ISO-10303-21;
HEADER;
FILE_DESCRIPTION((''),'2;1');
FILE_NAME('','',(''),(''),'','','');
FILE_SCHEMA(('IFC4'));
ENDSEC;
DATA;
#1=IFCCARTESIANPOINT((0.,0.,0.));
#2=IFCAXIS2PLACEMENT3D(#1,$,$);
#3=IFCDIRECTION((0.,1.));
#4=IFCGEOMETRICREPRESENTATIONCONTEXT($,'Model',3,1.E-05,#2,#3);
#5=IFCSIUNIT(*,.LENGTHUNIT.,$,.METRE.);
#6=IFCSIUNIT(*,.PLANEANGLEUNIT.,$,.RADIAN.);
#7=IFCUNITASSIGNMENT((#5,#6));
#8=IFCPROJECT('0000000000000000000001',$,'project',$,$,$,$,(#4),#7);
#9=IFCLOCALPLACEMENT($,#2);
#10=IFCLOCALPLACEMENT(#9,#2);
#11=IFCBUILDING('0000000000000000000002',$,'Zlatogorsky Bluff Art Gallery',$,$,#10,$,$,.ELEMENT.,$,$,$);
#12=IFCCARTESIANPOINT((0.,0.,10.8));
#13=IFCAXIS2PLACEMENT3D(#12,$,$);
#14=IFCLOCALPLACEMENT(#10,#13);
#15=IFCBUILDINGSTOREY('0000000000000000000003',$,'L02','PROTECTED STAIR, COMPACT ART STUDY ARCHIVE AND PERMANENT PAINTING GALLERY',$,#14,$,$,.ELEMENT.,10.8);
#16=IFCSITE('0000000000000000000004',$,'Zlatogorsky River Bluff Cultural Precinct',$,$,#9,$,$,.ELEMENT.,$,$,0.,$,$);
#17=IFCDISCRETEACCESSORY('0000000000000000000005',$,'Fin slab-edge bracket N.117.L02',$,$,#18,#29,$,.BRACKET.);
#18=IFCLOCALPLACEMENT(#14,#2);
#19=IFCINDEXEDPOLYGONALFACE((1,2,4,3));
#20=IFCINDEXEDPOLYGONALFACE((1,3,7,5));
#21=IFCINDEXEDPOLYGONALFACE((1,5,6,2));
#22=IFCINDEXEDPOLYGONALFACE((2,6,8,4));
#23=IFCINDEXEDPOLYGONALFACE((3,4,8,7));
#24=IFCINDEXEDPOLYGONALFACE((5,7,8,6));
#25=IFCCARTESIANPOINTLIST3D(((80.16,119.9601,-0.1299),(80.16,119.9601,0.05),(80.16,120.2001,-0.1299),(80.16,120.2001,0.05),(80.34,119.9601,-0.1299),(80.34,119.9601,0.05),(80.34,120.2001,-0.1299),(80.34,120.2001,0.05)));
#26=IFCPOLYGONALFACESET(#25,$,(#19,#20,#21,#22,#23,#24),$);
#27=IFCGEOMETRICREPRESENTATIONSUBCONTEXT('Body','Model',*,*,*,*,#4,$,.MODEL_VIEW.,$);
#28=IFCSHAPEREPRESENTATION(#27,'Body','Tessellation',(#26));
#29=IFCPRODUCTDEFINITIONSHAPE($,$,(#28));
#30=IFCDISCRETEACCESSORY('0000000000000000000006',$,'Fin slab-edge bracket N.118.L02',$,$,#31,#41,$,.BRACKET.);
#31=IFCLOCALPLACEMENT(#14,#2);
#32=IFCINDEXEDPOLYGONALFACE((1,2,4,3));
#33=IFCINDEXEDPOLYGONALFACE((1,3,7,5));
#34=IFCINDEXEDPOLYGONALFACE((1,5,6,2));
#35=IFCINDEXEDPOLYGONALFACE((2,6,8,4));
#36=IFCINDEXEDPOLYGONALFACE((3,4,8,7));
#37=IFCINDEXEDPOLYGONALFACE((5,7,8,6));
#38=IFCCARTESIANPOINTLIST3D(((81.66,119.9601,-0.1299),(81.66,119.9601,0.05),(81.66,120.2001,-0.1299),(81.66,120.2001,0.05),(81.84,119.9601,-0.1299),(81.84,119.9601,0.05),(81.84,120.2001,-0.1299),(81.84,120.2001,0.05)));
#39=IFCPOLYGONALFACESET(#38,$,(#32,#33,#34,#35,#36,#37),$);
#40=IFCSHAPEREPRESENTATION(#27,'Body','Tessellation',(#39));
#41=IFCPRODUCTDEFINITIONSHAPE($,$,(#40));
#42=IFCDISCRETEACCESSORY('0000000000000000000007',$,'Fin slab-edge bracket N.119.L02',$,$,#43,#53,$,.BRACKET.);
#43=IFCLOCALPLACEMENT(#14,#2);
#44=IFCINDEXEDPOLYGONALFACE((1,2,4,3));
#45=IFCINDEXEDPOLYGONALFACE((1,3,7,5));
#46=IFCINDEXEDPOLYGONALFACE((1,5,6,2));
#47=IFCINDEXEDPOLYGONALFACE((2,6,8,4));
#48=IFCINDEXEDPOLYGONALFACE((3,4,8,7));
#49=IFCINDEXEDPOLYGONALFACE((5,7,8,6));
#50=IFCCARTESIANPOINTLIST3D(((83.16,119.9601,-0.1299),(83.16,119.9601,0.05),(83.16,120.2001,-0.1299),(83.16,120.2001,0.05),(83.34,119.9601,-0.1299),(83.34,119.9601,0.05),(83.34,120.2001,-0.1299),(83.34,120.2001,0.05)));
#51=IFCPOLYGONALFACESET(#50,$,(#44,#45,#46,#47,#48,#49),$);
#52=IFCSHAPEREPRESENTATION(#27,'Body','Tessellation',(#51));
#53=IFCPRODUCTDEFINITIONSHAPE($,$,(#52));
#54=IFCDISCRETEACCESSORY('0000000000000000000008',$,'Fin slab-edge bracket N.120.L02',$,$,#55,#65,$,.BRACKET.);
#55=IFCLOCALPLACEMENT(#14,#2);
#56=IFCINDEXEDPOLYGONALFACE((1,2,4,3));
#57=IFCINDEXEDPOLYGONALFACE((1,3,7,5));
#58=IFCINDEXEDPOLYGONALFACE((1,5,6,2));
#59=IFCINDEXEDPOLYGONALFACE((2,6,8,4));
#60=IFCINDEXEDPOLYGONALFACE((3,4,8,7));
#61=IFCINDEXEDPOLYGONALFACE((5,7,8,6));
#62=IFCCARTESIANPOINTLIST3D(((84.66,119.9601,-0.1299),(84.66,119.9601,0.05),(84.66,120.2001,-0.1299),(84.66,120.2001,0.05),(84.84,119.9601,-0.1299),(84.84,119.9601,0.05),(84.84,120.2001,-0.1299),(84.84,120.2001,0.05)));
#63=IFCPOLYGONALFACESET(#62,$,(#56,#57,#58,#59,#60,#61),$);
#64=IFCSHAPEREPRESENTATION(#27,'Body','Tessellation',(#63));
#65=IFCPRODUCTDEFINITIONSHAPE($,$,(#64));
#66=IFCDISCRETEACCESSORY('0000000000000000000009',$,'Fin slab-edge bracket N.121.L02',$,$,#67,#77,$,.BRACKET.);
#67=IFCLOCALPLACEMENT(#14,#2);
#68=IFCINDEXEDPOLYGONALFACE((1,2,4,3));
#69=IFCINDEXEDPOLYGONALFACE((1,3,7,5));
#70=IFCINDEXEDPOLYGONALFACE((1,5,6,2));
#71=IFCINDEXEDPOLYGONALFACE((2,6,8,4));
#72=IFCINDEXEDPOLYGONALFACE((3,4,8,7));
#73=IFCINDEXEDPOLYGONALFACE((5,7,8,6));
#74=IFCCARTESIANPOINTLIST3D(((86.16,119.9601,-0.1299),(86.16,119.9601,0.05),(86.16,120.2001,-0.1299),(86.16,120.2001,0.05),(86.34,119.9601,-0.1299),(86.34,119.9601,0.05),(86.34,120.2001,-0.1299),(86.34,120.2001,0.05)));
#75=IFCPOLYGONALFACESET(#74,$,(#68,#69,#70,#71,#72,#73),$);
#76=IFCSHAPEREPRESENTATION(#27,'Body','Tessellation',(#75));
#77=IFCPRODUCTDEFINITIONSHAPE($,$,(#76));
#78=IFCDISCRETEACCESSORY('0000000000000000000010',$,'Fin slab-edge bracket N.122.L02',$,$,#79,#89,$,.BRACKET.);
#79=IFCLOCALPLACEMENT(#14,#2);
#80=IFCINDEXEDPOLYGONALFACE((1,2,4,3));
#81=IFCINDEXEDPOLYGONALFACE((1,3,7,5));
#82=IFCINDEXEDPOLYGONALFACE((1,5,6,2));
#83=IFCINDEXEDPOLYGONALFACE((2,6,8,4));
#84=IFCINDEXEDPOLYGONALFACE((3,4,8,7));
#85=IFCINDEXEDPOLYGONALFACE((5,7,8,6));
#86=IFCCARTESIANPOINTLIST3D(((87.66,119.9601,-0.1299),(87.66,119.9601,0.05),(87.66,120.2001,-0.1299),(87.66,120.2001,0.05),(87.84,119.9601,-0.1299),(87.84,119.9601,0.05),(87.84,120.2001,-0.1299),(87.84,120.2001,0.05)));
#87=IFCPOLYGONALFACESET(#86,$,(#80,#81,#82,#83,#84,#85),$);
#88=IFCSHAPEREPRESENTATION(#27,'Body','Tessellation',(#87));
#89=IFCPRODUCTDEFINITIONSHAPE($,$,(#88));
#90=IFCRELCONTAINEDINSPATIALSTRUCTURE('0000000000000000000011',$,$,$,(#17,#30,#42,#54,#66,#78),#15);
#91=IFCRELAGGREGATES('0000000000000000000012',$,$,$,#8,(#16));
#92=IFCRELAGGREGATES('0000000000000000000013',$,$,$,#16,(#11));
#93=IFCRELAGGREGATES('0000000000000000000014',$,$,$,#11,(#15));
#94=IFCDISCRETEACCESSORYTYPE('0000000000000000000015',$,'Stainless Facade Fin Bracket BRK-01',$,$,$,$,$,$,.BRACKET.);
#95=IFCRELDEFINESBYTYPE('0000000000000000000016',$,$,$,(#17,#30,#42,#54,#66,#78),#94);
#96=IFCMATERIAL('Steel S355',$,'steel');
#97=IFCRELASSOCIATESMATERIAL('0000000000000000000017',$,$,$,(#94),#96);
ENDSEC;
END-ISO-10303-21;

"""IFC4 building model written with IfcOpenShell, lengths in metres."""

from ifc_helpers import new_model, si_unit, direction, frame, origin, origin_2d, place, context, subcontext, project, spatial, rectangle, extrude, material, type_object, element, save


model = new_model("IFC4")

# Units and contexts
model_context = context("Model", 3, precision=1e-05, world=origin(), true_north=direction((0.0, 1.0)))
body_context = subcontext(model_context, "Body", "Model", "MODEL_VIEW")
ifc_project = project(units=[si_unit("LENGTHUNIT", "METRE"), si_unit("PLANEANGLEUNIT", "RADIAN")], contexts=[model_context])

# Site, building, storey
site_placement = place(None, origin())
site = spatial("IfcSite", under=ifc_project, at=site_placement, Name="Zlatogorsky River Bluff Cultural Precinct", CompositionType="ELEMENT", RefElevation=0.0)
building_placement = place(site_placement, origin())
building = spatial("IfcBuilding", under=site, at=building_placement, Name="Zlatogorsky Bluff Art Gallery", CompositionType="ELEMENT")
storey_placement = place(building_placement, frame((0.0, 0.0, 10.8)))
storey = spatial("IfcBuildingStorey", under=building, at=storey_placement, Name="L02", Description="PROTECTED STAIR, COMPACT ART STUDY ARCHIVE AND PERMANENT PAINTING GALLERY", CompositionType="ELEMENT", Elevation=10.8)

# Discrete accessories
ifc_material_1 = material(Name="Steel S355", Category="steel")
discrete_accessory_type = type_object("IfcDiscreteAccessoryType", Name="Stainless Facade Fin Bracket BRK-01", PredefinedType="BRACKET", material=ifc_material_1)
for number, where, z_axis, x_axis, name in (
    (1, (80.25, 120.0801, -0.1299), (0.0, 0.0, 1.0), (1.0, 0.0, 0.0), "Fin slab-edge bracket N.117.L02"),
    (2, (81.75, 120.0801, -0.1299), (0.0, 0.0, 1.0), (1.0, 0.0, 0.0), "Fin slab-edge bracket N.118.L02"),
    (3, (83.25, 120.0801, -0.1299), (0.0, 0.0, 1.0), (1.0, 0.0, 0.0), "Fin slab-edge bracket N.119.L02"),
    (4, (84.75, 120.0801, -0.1299), (0.0, 0.0, 1.0), (1.0, 0.0, 0.0), "Fin slab-edge bracket N.120.L02"),
    (5, (86.25, 120.0801, -0.1299), (0.0, 0.0, 1.0), (1.0, 0.0, 0.0), "Fin slab-edge bracket N.121.L02"),
    (6, (87.75, 120.0801, -0.1299), (0.0, 0.0, 1.0), (1.0, 0.0, 0.0), "Fin slab-edge bracket N.122.L02"),
):
    element("IfcDiscreteAccessory", number, at=place(storey_placement, frame(where, z_axis=z_axis, x_axis=x_axis)), inside=storey, type_object=discrete_accessory_type, Name=name, PredefinedType="BRACKET", context=body_context, shape_type="SweptSolid", body=[
        extrude(rectangle(XDim=0.1799, YDim=0.24, at=origin_2d()), origin(), (0.0, 0.0, 1.0), 0.1799),
    ])

save(model, "model.ifc")
